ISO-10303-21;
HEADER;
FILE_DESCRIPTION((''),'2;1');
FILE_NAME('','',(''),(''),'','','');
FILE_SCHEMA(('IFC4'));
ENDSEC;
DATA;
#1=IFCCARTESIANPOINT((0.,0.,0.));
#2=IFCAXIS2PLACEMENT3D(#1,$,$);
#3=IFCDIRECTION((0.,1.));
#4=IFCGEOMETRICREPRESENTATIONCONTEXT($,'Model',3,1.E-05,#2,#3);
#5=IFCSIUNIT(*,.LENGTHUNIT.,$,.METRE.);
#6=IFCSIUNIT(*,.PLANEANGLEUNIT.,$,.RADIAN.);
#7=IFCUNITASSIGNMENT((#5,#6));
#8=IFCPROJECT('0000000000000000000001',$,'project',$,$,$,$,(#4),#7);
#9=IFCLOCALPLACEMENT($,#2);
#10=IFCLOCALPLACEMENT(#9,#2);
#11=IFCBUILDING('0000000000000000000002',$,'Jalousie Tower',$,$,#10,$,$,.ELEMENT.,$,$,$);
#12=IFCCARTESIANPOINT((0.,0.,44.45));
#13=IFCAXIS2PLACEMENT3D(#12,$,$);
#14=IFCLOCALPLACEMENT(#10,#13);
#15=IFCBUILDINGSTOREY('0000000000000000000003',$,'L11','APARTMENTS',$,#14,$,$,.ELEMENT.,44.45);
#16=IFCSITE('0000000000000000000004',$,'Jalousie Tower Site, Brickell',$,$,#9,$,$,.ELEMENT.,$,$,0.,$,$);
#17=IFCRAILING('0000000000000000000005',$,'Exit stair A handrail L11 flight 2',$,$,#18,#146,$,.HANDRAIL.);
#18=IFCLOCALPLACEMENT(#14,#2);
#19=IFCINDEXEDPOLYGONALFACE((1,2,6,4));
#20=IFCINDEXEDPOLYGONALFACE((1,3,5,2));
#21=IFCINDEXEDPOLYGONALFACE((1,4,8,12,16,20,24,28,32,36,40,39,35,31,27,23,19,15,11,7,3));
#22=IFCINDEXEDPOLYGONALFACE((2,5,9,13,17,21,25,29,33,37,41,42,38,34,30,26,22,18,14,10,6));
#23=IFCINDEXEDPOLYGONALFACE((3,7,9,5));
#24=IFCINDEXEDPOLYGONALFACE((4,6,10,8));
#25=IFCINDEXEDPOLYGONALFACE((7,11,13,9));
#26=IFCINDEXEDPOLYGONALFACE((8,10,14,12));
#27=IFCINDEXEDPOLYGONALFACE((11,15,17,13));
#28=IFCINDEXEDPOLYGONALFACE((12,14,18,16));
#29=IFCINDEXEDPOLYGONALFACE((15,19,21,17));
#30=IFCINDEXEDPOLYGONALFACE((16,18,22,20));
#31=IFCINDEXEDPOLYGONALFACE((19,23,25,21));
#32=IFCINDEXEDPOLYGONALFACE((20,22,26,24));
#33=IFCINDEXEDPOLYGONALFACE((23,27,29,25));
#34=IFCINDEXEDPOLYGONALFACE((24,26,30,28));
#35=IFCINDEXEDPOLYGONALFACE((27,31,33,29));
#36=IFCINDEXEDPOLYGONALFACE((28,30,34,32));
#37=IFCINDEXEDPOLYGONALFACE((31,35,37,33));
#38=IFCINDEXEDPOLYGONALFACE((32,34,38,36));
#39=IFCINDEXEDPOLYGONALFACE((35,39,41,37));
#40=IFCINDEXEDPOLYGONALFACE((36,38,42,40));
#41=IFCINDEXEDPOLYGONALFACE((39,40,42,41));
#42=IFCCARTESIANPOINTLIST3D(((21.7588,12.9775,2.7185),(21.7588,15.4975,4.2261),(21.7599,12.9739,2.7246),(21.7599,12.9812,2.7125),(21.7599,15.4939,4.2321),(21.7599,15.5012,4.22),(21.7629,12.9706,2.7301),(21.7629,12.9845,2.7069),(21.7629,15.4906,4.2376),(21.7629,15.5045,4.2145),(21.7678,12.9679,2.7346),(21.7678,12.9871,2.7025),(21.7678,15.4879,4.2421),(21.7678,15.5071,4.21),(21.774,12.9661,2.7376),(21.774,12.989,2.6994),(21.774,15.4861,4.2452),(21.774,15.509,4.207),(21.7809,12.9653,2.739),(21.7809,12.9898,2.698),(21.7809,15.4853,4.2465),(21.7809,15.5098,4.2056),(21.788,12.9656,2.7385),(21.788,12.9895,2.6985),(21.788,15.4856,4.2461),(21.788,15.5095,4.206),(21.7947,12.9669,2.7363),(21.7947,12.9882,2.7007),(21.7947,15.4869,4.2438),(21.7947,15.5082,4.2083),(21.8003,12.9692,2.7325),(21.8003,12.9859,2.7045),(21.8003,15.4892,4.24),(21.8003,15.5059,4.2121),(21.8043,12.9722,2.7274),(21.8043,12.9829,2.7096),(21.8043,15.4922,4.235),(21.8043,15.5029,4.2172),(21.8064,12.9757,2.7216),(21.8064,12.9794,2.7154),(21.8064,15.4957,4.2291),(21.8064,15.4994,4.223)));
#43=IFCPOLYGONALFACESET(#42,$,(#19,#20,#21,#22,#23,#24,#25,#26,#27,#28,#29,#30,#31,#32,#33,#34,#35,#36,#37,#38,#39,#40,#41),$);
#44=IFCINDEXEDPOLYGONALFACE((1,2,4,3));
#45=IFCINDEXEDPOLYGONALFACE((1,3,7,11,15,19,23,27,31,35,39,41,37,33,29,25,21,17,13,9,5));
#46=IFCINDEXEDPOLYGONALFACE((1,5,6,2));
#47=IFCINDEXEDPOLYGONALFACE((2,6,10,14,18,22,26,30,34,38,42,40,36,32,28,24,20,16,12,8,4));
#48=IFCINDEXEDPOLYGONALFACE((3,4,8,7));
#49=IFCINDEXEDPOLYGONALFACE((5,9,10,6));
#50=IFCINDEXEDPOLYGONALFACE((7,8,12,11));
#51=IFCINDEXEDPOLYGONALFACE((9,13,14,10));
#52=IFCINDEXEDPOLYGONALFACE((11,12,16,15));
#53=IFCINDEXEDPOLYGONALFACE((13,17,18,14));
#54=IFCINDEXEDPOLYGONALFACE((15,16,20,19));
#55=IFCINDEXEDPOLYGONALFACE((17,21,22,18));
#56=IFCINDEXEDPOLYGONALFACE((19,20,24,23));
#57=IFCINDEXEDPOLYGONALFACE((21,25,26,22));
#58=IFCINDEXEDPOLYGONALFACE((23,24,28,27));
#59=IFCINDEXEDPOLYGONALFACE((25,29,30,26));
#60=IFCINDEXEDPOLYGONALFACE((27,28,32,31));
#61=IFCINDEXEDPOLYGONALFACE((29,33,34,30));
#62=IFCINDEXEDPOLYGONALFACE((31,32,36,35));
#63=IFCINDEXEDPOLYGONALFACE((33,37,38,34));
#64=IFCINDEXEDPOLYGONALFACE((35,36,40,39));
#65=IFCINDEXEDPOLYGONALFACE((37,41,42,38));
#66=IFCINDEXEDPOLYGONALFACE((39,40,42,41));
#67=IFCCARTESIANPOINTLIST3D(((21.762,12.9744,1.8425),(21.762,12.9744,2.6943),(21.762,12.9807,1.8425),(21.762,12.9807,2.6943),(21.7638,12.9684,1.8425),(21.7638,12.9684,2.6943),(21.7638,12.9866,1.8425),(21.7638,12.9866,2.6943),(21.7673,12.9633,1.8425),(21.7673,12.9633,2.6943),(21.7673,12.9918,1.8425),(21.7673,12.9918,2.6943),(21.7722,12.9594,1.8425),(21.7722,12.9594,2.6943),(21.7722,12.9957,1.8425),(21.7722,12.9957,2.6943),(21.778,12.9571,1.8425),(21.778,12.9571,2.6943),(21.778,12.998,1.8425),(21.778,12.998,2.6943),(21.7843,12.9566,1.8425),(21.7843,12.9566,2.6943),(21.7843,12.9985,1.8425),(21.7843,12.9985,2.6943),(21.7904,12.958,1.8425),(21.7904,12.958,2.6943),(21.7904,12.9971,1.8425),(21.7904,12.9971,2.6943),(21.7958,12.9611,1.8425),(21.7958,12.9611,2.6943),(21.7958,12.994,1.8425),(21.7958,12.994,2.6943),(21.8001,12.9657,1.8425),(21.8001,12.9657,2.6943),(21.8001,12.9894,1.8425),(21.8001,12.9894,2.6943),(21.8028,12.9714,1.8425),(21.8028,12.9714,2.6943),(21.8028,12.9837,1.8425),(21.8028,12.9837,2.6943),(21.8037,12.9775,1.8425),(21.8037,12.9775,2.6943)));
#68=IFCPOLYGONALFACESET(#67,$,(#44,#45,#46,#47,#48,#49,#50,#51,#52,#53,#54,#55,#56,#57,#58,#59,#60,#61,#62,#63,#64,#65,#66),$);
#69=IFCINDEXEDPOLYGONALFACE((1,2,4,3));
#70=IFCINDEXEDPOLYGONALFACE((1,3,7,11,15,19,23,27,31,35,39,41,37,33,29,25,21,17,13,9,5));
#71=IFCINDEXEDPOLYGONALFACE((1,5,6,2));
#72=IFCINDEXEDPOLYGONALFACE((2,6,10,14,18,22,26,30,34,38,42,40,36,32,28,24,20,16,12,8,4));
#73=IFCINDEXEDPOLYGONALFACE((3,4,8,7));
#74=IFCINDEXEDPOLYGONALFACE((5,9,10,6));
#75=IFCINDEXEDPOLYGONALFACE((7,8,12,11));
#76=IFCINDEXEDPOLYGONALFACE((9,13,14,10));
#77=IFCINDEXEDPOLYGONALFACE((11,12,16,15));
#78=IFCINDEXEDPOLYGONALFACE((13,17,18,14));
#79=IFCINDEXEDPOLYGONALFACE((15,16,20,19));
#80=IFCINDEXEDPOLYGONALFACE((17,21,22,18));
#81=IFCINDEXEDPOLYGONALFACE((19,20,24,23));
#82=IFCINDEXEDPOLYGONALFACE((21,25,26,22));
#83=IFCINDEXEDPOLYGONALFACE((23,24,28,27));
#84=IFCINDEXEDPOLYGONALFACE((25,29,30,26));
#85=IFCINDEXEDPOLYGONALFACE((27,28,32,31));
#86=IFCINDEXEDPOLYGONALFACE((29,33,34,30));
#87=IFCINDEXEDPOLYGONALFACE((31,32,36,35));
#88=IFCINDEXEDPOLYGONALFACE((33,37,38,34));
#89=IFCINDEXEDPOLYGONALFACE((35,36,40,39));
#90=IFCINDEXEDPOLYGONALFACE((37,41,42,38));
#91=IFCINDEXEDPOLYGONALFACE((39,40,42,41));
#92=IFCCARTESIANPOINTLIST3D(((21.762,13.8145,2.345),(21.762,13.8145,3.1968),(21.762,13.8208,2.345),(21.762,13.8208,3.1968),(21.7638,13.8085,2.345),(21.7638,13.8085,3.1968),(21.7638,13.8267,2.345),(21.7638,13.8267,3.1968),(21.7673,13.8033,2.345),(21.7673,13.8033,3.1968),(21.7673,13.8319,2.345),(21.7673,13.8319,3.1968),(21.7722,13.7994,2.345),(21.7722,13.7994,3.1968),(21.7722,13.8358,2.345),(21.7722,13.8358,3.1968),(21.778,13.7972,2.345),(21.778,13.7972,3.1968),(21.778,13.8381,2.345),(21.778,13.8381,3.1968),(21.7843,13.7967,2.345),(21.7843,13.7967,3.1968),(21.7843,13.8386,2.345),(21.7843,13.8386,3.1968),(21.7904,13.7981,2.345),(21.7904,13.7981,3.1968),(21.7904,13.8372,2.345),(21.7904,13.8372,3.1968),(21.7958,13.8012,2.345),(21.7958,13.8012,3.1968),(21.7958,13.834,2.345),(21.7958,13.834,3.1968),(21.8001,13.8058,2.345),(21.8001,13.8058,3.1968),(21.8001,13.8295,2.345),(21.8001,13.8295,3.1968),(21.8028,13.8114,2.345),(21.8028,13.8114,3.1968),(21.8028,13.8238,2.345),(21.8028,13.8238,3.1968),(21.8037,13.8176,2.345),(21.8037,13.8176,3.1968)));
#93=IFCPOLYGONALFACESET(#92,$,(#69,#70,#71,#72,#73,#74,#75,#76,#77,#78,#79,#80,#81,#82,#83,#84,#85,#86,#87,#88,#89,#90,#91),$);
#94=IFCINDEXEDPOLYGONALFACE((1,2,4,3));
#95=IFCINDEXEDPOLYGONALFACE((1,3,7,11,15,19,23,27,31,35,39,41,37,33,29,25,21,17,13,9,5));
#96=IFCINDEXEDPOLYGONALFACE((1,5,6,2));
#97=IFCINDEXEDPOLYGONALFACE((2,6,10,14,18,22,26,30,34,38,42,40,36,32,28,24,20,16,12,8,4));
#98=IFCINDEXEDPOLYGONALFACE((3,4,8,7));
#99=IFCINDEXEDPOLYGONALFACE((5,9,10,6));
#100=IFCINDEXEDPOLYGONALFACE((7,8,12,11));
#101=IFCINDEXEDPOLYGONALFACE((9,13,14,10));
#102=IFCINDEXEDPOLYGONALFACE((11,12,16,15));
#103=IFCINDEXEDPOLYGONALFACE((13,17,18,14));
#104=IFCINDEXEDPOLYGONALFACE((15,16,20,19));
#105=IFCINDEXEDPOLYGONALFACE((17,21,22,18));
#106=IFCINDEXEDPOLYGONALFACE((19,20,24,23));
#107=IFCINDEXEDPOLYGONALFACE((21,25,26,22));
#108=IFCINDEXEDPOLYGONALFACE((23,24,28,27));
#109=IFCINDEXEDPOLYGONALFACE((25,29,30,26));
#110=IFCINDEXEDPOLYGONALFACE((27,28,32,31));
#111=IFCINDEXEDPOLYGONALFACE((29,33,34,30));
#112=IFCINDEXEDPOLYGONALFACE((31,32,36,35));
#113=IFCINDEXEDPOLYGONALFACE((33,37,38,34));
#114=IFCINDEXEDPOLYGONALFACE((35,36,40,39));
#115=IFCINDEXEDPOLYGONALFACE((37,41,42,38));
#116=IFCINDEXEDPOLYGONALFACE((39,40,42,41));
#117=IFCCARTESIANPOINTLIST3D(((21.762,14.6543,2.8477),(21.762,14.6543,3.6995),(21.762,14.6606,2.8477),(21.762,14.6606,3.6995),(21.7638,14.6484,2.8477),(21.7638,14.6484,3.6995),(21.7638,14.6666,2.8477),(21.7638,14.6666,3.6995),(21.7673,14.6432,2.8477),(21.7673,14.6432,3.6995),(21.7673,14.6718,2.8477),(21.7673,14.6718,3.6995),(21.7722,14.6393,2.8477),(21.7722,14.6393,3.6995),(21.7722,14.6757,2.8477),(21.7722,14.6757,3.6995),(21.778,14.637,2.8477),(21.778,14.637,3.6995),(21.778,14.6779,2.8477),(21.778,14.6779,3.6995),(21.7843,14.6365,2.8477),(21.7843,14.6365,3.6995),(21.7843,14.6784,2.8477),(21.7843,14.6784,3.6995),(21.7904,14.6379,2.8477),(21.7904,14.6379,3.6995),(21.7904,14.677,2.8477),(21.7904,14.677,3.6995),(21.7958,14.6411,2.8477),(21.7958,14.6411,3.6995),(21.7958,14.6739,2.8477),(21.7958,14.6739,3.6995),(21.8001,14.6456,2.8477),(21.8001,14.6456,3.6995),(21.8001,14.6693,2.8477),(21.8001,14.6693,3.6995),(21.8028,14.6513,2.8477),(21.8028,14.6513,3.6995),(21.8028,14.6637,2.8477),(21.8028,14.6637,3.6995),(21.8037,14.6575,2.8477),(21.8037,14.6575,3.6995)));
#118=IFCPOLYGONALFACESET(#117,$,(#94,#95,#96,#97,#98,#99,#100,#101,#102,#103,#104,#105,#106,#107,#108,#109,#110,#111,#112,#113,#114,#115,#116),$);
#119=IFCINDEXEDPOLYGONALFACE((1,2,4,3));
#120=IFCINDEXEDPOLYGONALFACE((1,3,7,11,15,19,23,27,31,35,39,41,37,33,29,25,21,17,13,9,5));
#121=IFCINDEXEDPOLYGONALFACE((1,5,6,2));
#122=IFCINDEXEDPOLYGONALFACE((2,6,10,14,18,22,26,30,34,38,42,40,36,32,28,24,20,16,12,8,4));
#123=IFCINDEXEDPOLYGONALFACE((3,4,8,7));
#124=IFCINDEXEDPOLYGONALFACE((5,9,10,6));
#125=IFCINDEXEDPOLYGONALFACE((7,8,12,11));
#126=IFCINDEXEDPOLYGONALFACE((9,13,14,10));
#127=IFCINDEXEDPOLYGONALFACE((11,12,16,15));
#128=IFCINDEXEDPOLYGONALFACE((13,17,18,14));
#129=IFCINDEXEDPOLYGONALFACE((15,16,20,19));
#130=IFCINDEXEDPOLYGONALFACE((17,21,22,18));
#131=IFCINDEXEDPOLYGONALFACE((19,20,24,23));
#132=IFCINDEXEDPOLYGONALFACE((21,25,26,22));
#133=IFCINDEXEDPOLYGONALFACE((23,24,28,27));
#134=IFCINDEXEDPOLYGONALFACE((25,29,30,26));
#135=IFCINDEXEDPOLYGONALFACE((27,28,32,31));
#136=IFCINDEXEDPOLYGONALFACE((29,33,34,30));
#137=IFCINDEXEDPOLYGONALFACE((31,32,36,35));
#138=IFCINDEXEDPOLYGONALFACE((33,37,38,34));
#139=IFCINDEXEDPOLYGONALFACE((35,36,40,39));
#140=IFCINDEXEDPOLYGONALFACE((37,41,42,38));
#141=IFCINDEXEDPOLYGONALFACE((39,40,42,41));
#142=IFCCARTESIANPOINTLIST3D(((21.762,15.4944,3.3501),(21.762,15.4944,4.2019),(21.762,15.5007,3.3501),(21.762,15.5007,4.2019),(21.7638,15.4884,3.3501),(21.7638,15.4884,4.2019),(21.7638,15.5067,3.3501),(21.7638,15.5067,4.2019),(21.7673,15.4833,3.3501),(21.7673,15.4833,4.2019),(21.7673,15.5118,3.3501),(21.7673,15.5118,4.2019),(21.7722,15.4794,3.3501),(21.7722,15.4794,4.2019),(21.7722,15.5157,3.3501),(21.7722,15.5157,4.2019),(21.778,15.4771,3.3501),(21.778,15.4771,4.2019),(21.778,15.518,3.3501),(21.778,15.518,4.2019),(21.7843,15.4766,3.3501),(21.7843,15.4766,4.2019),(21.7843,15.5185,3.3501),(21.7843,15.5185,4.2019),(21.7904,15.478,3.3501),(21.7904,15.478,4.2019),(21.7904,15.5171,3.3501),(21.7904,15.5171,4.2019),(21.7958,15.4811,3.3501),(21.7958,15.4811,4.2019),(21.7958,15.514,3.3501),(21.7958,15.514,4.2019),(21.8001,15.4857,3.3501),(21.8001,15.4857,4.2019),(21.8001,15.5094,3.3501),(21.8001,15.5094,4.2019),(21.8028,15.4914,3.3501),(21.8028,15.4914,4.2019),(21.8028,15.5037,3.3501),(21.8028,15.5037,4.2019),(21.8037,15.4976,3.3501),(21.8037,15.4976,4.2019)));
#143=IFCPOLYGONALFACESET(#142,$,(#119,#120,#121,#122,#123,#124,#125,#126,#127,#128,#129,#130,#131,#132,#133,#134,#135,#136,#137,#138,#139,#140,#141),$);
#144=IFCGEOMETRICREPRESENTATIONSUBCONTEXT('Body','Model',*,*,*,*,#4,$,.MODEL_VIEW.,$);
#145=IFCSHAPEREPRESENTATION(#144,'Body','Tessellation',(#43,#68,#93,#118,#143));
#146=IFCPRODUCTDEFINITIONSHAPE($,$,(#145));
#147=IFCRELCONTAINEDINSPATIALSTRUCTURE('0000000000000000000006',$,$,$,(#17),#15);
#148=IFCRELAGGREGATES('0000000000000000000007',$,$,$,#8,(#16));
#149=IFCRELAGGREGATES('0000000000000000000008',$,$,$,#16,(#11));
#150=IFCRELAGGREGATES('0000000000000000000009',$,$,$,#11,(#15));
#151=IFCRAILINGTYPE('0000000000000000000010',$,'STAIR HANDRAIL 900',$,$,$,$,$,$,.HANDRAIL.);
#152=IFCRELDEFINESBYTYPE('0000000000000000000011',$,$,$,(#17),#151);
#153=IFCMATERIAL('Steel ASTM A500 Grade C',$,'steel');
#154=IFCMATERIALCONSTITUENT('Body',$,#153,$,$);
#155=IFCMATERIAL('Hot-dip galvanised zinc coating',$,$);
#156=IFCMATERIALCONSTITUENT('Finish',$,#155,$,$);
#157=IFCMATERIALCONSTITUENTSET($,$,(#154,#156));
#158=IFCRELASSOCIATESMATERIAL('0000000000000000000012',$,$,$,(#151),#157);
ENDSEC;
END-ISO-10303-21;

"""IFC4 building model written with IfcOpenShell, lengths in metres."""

from ifc_helpers import new_model, si_unit, direction, frame, origin, origin_2d, place, context, subcontext, project, spatial, circle, extrude, material, constituent, constituent_set, type_object, element, save


model = new_model("IFC4")

# Units and contexts
model_context = context("Model", 3, precision=1e-05, world=origin(), true_north=direction((0.0, 1.0)))
body_context = subcontext(model_context, "Body", "Model", "MODEL_VIEW")
ifc_project = project(units=[si_unit("LENGTHUNIT", "METRE"), si_unit("PLANEANGLEUNIT", "RADIAN")], contexts=[model_context])

# Site, building, storey
site_placement = place(None, origin())
site = spatial("IfcSite", under=ifc_project, at=site_placement, Name="Jalousie Tower Site, Brickell", CompositionType="ELEMENT", RefElevation=0.0)
building_placement = place(site_placement, origin())
building = spatial("IfcBuilding", under=site, at=building_placement, Name="Jalousie Tower", CompositionType="ELEMENT")
storey_placement = place(building_placement, frame((0.0, 0.0, 44.45)))
storey = spatial("IfcBuildingStorey", under=building, at=storey_placement, Name="L11", Description="APARTMENTS", CompositionType="ELEMENT", Elevation=44.45)

# Railing
ifc_material_1 = material(Name="Steel ASTM A500 Grade C", Category="steel")
ifc_constituent_1 = constituent(ifc_material_1, Name="Body")
ifc_material_2 = material(Name="Hot-dip galvanised zinc coating")
ifc_constituent_2 = constituent(ifc_material_2, Name="Finish")
ifc_constituent_set_1 = constituent_set(constituents=[ifc_constituent_1, ifc_constituent_2])
railing_type_1 = type_object("IfcRailingType", Name="STAIR HANDRAIL 900", PredefinedType="HANDRAIL", material=ifc_constituent_set_1)
railing_1_placement = place(storey_placement, frame((21.7827, 12.9775, 1.8425)))
element("IfcRailing", 1, at=railing_1_placement, inside=storey, type_object=railing_type_1, Name="Exit stair A handrail L11 flight 2", PredefinedType="HANDRAIL", context=body_context, shape_type="SweptSolid", body=[
    extrude(circle(Radius=0.0239, at=origin_2d()), frame((0.0, 0.0, 0.876), z_axis=(0.0, 0.85816, 0.513383), x_axis=(-1.0, 0.0, 0.0)), (0.0, 0.0, 1.0), 2.9365),
    extrude(circle(Radius=0.021, at=origin_2d()), origin(), (0.0, 0.0, 1.0), 0.8518),
    extrude(circle(Radius=0.021, at=origin_2d()), frame((0.0, 0.8401, 0.5024)), (0.0, 0.0, 1.0), 0.8518),
    extrude(circle(Radius=0.021, at=origin_2d()), frame((0.0, 1.6799, 1.0051)), (0.0, 0.0, 1.0), 0.8518),
    extrude(circle(Radius=0.021, at=origin_2d()), frame((0.0, 2.52, 1.5076)), (0.0, 0.0, 1.0), 0.8518),
])

save(model, "model.ifc")
